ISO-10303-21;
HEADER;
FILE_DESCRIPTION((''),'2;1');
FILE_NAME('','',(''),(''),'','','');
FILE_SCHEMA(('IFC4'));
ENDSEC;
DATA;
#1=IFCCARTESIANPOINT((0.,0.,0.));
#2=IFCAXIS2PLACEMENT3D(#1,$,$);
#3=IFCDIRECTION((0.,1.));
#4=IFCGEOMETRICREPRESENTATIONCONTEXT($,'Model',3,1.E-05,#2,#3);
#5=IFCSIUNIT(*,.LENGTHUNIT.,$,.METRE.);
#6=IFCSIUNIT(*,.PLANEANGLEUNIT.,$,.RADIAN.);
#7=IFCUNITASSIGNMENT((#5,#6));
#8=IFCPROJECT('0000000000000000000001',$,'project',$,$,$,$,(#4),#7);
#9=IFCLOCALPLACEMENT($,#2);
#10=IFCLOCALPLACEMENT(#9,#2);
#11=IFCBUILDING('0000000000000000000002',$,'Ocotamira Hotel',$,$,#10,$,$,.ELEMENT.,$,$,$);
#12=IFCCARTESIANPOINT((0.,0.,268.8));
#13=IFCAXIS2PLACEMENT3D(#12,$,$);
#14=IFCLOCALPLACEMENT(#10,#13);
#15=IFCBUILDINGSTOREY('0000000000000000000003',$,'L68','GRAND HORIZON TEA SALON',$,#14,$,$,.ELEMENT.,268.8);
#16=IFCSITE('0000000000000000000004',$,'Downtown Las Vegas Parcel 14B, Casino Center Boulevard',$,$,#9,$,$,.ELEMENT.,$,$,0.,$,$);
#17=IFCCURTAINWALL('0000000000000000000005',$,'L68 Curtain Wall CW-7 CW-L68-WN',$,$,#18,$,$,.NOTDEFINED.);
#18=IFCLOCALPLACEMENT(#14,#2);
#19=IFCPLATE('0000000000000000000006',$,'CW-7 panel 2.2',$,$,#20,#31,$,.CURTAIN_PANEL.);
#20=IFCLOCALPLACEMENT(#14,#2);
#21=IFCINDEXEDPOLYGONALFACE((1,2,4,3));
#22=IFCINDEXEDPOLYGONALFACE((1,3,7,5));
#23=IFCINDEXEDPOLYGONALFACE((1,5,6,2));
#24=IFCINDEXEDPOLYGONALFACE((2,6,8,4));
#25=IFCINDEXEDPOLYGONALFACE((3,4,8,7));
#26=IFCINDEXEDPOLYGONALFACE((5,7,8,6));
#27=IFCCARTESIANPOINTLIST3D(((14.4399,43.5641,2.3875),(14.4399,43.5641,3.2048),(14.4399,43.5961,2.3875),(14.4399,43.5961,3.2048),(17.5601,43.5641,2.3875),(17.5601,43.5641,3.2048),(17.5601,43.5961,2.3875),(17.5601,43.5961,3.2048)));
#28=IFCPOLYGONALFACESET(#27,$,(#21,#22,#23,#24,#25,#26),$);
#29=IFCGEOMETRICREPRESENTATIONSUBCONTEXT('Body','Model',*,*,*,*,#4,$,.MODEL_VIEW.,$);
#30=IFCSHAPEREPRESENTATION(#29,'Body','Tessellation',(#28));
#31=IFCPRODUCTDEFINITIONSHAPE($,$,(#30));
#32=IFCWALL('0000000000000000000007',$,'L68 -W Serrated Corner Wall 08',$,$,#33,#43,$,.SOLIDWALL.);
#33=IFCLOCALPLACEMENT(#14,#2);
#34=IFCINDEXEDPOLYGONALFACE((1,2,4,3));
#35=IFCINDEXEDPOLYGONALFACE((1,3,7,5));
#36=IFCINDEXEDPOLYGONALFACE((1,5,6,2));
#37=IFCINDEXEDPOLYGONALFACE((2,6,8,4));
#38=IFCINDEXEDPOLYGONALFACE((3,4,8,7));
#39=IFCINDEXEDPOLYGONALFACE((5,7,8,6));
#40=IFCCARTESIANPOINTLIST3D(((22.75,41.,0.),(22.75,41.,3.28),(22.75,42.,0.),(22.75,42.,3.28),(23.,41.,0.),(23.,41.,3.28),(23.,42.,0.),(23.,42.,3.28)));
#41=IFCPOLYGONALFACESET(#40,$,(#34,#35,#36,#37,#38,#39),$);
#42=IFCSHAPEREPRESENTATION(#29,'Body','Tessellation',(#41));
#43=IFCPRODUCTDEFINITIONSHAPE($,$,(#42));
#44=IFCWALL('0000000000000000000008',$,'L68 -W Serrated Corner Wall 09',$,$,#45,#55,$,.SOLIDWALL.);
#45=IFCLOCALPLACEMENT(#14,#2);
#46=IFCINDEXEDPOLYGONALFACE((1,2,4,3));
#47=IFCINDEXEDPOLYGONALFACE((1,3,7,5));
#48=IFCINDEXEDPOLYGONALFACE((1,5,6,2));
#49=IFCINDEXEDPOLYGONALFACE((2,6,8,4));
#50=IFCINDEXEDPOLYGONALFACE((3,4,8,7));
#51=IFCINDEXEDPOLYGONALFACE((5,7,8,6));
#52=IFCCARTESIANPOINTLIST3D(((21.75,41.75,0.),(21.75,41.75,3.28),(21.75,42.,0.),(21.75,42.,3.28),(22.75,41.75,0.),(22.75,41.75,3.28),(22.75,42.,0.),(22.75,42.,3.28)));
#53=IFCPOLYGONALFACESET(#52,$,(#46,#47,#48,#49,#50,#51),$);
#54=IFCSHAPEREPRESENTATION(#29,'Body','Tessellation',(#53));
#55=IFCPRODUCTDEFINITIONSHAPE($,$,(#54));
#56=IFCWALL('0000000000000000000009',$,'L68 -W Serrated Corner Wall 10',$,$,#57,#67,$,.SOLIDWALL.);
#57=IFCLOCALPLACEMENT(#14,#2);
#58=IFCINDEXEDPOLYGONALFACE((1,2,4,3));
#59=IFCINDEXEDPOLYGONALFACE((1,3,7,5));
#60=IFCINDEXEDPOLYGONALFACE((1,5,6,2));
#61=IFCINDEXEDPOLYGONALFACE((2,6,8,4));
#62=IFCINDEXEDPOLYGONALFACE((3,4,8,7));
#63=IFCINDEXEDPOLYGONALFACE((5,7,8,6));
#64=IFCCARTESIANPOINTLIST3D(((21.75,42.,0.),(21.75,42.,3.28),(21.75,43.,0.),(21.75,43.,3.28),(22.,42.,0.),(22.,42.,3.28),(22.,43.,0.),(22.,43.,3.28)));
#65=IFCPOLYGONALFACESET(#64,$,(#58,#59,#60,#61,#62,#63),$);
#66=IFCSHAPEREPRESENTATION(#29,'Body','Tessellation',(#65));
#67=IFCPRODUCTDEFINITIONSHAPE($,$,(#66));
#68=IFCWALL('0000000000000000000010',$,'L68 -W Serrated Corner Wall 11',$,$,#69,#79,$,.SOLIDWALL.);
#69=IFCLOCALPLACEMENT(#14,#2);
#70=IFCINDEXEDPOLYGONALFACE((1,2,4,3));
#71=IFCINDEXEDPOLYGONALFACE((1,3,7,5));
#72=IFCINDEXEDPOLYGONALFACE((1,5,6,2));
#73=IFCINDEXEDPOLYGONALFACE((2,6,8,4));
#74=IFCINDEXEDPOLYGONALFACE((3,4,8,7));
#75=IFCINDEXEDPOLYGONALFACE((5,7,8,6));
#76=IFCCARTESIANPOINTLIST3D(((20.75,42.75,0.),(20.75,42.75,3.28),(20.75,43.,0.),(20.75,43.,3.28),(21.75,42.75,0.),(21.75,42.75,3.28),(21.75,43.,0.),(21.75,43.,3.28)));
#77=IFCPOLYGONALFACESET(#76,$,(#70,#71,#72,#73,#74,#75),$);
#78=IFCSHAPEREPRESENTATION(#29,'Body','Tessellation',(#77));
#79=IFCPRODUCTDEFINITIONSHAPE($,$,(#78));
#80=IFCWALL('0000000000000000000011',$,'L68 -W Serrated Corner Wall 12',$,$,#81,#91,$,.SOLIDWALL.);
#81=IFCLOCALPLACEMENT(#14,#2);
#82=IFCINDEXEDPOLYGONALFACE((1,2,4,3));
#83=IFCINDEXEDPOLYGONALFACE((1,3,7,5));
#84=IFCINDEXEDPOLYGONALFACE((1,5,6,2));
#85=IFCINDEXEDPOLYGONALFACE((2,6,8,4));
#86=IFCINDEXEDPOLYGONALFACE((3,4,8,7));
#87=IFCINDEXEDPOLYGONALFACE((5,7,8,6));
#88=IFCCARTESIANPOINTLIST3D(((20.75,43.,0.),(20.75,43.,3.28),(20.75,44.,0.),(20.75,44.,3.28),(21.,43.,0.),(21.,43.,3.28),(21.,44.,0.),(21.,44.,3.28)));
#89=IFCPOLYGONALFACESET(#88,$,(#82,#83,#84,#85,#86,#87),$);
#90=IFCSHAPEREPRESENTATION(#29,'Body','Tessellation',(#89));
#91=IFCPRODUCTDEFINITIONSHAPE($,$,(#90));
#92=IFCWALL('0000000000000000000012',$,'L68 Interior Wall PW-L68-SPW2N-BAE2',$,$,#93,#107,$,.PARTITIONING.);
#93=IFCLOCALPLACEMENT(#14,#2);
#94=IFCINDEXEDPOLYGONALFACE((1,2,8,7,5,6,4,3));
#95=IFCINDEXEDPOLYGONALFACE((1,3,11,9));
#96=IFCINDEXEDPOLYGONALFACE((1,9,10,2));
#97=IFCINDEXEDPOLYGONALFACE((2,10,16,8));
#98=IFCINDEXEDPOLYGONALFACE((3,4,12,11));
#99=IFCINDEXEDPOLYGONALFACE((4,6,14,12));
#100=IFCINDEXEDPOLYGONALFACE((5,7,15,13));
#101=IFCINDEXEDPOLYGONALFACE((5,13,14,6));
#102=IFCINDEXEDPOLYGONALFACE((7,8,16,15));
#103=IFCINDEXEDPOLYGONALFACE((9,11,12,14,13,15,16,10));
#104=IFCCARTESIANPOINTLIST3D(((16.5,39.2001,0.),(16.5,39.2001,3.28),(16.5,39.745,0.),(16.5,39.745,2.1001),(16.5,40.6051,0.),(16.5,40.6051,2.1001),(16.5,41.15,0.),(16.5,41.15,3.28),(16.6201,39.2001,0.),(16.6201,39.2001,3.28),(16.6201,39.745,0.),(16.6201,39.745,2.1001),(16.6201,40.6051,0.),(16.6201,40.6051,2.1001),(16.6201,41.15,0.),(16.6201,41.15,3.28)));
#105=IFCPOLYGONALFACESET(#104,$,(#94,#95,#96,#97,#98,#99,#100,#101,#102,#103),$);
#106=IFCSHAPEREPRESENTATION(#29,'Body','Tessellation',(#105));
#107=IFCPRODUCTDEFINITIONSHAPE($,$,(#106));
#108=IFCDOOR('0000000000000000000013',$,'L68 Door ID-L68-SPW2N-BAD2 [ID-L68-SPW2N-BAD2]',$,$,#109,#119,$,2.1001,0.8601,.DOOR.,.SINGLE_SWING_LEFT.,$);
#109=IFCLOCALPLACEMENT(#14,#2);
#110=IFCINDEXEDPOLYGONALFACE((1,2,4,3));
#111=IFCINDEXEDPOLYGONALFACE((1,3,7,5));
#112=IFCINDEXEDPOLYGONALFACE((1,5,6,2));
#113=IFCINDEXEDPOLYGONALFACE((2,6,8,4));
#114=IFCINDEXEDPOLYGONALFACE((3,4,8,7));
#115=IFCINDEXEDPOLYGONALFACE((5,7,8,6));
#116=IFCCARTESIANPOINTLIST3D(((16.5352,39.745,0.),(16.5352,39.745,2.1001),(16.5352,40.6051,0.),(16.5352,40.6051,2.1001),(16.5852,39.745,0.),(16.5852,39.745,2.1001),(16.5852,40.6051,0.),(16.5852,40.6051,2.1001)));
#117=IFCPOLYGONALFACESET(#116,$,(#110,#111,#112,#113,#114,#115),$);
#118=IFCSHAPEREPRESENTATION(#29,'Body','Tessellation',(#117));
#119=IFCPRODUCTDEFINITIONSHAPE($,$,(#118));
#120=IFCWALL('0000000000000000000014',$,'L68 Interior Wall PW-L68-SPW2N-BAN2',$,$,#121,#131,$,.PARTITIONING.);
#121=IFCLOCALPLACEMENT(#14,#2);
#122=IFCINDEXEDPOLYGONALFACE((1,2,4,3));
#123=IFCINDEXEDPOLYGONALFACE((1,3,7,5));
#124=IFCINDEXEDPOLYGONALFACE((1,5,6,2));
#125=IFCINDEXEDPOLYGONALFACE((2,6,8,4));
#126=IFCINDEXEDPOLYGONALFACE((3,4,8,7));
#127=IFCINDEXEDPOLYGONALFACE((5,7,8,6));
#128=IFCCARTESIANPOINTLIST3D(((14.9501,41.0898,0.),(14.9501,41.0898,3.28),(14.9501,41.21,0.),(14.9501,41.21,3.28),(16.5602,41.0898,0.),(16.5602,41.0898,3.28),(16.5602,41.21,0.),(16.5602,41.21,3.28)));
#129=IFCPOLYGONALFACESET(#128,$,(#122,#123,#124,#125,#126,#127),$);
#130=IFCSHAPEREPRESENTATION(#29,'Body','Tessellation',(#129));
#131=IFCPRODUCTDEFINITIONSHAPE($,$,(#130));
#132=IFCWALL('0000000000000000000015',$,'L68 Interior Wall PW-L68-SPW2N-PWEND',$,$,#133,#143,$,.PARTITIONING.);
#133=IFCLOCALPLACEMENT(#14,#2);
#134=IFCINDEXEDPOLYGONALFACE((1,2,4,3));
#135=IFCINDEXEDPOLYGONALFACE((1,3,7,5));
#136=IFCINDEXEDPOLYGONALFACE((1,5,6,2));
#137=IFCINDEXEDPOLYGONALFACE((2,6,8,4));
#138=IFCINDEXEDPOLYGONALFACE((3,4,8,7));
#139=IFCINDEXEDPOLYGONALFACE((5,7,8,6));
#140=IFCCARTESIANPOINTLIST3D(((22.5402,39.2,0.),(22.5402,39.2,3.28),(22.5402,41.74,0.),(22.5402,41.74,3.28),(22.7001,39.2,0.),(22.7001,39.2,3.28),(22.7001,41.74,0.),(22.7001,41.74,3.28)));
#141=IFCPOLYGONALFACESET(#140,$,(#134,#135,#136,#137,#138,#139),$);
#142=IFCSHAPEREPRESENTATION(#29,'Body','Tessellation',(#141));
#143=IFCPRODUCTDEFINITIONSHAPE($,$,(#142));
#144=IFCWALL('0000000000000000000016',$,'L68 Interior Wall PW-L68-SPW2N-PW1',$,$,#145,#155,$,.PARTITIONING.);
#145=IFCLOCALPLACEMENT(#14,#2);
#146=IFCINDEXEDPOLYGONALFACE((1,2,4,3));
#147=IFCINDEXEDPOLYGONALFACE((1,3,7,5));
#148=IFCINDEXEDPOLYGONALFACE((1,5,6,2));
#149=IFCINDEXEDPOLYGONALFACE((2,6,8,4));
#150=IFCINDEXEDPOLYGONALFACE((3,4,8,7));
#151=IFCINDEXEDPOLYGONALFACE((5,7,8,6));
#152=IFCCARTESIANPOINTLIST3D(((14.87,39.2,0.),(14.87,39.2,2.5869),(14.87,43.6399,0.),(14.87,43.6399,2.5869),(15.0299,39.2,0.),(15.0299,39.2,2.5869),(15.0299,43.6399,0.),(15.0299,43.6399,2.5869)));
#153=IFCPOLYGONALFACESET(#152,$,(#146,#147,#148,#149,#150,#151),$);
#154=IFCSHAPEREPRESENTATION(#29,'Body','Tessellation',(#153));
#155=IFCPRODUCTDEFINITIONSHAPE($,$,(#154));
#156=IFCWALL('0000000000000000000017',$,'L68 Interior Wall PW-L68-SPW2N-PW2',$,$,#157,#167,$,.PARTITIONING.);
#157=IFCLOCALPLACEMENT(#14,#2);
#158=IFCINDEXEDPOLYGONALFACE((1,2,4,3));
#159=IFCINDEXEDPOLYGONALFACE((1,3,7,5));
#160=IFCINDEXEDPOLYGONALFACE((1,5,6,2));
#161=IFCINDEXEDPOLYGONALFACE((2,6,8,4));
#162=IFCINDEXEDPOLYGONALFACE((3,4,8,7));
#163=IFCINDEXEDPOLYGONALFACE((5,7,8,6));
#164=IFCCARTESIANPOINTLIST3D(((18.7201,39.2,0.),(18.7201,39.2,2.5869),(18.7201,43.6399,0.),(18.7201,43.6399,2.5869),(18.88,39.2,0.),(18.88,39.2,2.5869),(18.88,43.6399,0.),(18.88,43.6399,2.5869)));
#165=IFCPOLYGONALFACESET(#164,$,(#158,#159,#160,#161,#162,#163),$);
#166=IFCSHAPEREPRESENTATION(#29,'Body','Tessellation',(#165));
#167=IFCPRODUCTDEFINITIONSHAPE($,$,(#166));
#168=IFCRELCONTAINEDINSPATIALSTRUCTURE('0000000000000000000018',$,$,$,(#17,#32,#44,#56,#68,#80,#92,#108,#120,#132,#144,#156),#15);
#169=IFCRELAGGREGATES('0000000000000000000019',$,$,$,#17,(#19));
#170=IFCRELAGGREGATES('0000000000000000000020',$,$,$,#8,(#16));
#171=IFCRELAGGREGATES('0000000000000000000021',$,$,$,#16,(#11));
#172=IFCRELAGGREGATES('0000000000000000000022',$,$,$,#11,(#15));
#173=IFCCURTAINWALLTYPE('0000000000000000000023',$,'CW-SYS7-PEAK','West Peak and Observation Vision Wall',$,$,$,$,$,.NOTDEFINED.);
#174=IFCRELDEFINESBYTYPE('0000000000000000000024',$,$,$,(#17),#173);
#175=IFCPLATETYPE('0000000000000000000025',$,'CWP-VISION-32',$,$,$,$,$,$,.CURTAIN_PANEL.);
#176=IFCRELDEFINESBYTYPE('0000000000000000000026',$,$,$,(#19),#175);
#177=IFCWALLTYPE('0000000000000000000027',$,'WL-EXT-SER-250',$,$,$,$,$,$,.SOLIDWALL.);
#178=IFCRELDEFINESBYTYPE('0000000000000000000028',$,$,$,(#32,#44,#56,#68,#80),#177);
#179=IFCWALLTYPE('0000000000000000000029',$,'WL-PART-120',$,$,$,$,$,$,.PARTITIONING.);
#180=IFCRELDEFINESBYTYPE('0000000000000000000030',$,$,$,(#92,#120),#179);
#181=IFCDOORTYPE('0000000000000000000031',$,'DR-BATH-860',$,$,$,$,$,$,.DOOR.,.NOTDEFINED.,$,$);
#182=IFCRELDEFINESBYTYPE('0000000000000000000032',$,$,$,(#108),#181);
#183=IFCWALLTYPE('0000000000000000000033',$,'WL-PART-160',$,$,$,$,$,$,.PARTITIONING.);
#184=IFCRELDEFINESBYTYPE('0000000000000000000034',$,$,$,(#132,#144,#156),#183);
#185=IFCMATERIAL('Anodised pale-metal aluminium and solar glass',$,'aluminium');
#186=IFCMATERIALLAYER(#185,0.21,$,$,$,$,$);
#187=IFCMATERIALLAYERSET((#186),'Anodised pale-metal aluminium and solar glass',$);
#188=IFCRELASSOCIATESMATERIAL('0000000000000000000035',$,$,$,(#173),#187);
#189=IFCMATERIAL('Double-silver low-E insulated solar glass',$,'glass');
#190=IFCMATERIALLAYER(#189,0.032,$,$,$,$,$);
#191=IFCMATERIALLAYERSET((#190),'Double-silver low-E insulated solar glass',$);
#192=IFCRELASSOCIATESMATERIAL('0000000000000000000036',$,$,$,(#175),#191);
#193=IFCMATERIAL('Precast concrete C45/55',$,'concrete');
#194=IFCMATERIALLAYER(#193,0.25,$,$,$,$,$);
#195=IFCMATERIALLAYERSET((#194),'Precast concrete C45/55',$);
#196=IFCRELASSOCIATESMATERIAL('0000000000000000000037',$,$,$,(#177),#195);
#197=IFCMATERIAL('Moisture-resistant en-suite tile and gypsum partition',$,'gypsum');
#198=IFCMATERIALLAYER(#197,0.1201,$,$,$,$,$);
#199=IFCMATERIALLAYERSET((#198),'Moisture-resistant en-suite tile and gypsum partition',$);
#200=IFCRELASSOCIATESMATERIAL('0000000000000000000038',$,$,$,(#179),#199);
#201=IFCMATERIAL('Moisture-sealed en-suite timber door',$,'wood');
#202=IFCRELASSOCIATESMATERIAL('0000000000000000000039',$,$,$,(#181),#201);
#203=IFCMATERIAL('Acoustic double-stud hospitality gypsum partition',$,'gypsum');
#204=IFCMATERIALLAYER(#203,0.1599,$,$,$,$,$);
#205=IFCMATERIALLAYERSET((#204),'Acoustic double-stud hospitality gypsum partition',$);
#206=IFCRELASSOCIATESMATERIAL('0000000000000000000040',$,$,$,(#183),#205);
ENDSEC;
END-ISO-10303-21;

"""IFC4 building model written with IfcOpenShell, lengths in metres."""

from ifc_helpers import new_model, si_unit, direction, frame, frame_2d, origin, origin_2d, place, context, subcontext, project, spatial, rectangle, extrude, source, transform, mapped, material, layer, layer_set, type_object, element, fill, aggregate, save


model = new_model("IFC4")

# Units and contexts
model_context = context("Model", 3, precision=1e-05, world=origin(), true_north=direction((0.0, 1.0)))
body_context = subcontext(model_context, "Body", "Model", "MODEL_VIEW")
ifc_project = project(units=[si_unit("LENGTHUNIT", "METRE"), si_unit("PLANEANGLEUNIT", "RADIAN")], contexts=[model_context])

# Site, building, storey
site_placement = place(None, origin())
site = spatial("IfcSite", under=ifc_project, at=site_placement, Name="Downtown Las Vegas Parcel 14B, Casino Center Boulevard", CompositionType="ELEMENT", RefElevation=0.0)
building_placement = place(site_placement, origin())
building = spatial("IfcBuilding", under=site, at=building_placement, Name="Ocotamira Hotel", CompositionType="ELEMENT")
storey_placement = place(building_placement, frame((0.0, 0.0, 268.8)))
storey = spatial("IfcBuildingStorey", under=building, at=storey_placement, Name="L68", Description="GRAND HORIZON TEA SALON", CompositionType="ELEMENT", Elevation=268.8)

# Curtain wall
ifc_material_1 = material(Name="Anodised pale-metal aluminium and solar glass", Category="aluminium")
ifc_layer_1 = layer(ifc_material_1, 0.21)
ifc_layer_set_1 = layer_set([ifc_layer_1], Name="Anodised pale-metal aluminium and solar glass")
curtain_wall_type = type_object("IfcCurtainWallType", Name="CW-SYS7-PEAK", Description="West Peak and Observation Vision Wall", PredefinedType="NOTDEFINED", material=ifc_layer_set_1)
curtain_wall_placement = place(storey_placement, origin())
curtain_wall = element("IfcCurtainWall", 1, at=curtain_wall_placement, inside=storey, type_object=curtain_wall_type, Name="L68 Curtain Wall CW-7 CW-L68-WN", PredefinedType="NOTDEFINED")

# Plate
ifc_material_2 = material(Name="Double-silver low-E insulated solar glass", Category="glass")
ifc_layer_2 = layer(ifc_material_2, 0.032)
ifc_layer_set_2 = layer_set([ifc_layer_2], Name="Double-silver low-E insulated solar glass")
plate_type_1 = type_object("IfcPlateType", Name="CWP-VISION-32", PredefinedType="CURTAIN_PANEL", material=ifc_layer_set_2)
shared_shape_1 = source(origin(), body_context, "Body", "SweptSolid", [
    extrude(rectangle(XDim=3.1201, YDim=0.032, at=origin_2d()), origin(), (0.0, 0.0, 1.0), 0.8174),
])
plate_1_placement = place(storey_placement, frame((16.0, 43.5801, 2.3875), z_axis=(0.0, 0.0, 1.0), x_axis=(1.0, 0.0, 0.0)))
plate_1 = element("IfcPlate", 2, at=plate_1_placement, type_object=plate_type_1, Name="CW-7 panel 2.2", PredefinedType="CURTAIN_PANEL", context=body_context, shape_type="MappedRepresentation", body=[
    mapped(shared_shape_1, transform((0.0, 0.0, 0.0), scale=1.0)),
])
aggregate(curtain_wall, [plate_1])

# Walls
ifc_material_3 = material(Name="Precast concrete C45/55", Category="concrete")
ifc_layer_3 = layer(ifc_material_3, 0.25)
ifc_layer_set_3 = layer_set([ifc_layer_3], Name="Precast concrete C45/55")
wall_type_1 = type_object("IfcWallType", Name="WL-EXT-SER-250", PredefinedType="SOLIDWALL", material=ifc_layer_set_3)
for number, where, z_axis, x_axis, name in (
    (3, (22.875, 41.0, 0.0), (0.0, 0.0, 1.0), (0.0, 1.0, 0.0), "L68 -W Serrated Corner Wall 08"),
    (4, (22.75, 41.875, 0.0), (0.0, 0.0, 1.0), (-1.0, 0.0, 0.0), "L68 -W Serrated Corner Wall 09"),
    (5, (21.875, 42.0, 0.0), (0.0, 0.0, 1.0), (0.0, 1.0, 0.0), "L68 -W Serrated Corner Wall 10"),
    (6, (21.75, 42.875, 0.0), (0.0, 0.0, 1.0), (-1.0, 0.0, 0.0), "L68 -W Serrated Corner Wall 11"),
    (7, (20.875, 43.0, 0.0), (0.0, 0.0, 1.0), (0.0, 1.0, 0.0), "L68 -W Serrated Corner Wall 12"),
):
    element("IfcWall", number, at=place(storey_placement, frame(where, z_axis=z_axis, x_axis=x_axis)), inside=storey, type_object=wall_type_1, Name=name, PredefinedType="SOLIDWALL", context=body_context, shape_type="SweptSolid", body=[
        extrude(rectangle(XDim=1.0, YDim=0.25, at=frame_2d((0.5, 0.0))), origin(), (0.0, 0.0, 1.0), 3.28),
    ])

# Wall, opening, door
ifc_material_4 = material(Name="Moisture-resistant en-suite tile and gypsum partition", Category="gypsum")
ifc_layer_4 = layer(ifc_material_4, 0.1201)
ifc_layer_set_4 = layer_set([ifc_layer_4], Name="Moisture-resistant en-suite tile and gypsum partition")
wall_type_2 = type_object("IfcWallType", Name="WL-PART-120", PredefinedType="PARTITIONING", material=ifc_layer_set_4)
wall_1_placement = place(storey_placement, frame((16.5601, 39.2, 0.0), z_axis=(0.0, 0.0, 1.0), x_axis=(0.0, 1.0, 0.0)))
wall_1 = element("IfcWall", 8, at=wall_1_placement, inside=storey, type_object=wall_type_2, Name="L68 Interior Wall PW-L68-SPW2N-BAE2", PredefinedType="PARTITIONING", context=body_context, shape_type="SweptSolid", body=[
    extrude(rectangle(XDim=1.95, YDim=0.1201, at=frame_2d((0.9751, 0.0))), origin(), (0.0, 0.0, 1.0), 3.28),
])
opening_placement = place(wall_1_placement, frame((0.5449, 0.0, 0.0)))
opening = element("IfcOpeningElement", 9, at=opening_placement, cuts=wall_1, PredefinedType="OPENING", context=body_context, shape_type="SweptSolid", body=[
    extrude(rectangle(XDim=0.8601, YDim=2.1001, at=frame_2d((0.4302, 1.05))), frame((0.0, 0.0701, 0.0), z_axis=(0.0, -1.0, 0.0), x_axis=(1.0, 0.0, 0.0)), (0.0, 0.0, 1.0), 0.1401),
])
ifc_material_5 = material(Name="Moisture-sealed en-suite timber door", Category="wood")
door_type = type_object("IfcDoorType", Name="DR-BATH-860", OperationType="NOTDEFINED", PredefinedType="DOOR", material=ifc_material_5)
shared_shape_2 = source(origin(), body_context, "Body", "SweptSolid", [
    extrude(rectangle(XDim=0.8601, YDim=2.1001, at=frame_2d((0.4302, 1.05))), frame((0.0, 0.0249, 0.0), z_axis=(0.0, -1.0, 0.0), x_axis=(1.0, 0.0, 0.0)), (0.0, 0.0, 1.0), 0.05),
])
door_placement = place(opening_placement, origin())
door = element("IfcDoor", 10, at=door_placement, inside=storey, type_object=door_type, Name="L68 Door ID-L68-SPW2N-BAD2 [ID-L68-SPW2N-BAD2]", OperationType="SINGLE_SWING_LEFT", OverallHeight=2.1001, OverallWidth=0.8601, PredefinedType="DOOR", context=body_context, shape_type="MappedRepresentation", body=[
    mapped(shared_shape_2, transform((0.0, 0.0, 0.0), scale=1.0)),
])
fill(opening, door)

# Walls
wall_2_placement = place(storey_placement, frame((14.95, 41.1499, 0.0), z_axis=(0.0, 0.0, 1.0), x_axis=(1.0, 0.0, 0.0)))
element("IfcWall", 11, at=wall_2_placement, inside=storey, type_object=wall_type_2, Name="L68 Interior Wall PW-L68-SPW2N-BAN2", PredefinedType="PARTITIONING", context=body_context, shape_type="SweptSolid", body=[
    extrude(rectangle(XDim=1.6101, YDim=0.1201, at=frame_2d((0.8052, 0.0))), origin(), (0.0, 0.0, 1.0), 3.28),
])
ifc_material_6 = material(Name="Acoustic double-stud hospitality gypsum partition", Category="gypsum")
ifc_layer_5 = layer(ifc_material_6, 0.1599)
ifc_layer_set_5 = layer_set([ifc_layer_5], Name="Acoustic double-stud hospitality gypsum partition")
wall_type_3 = type_object("IfcWallType", Name="WL-PART-160", PredefinedType="PARTITIONING", material=ifc_layer_set_5)
wall_3_placement = place(storey_placement, frame((22.6201, 39.2, 0.0), z_axis=(0.0, 0.0, 1.0), x_axis=(0.0, 1.0, 0.0)))
element("IfcWall", 12, at=wall_3_placement, inside=storey, type_object=wall_type_3, Name="L68 Interior Wall PW-L68-SPW2N-PWEND", PredefinedType="PARTITIONING", context=body_context, shape_type="SweptSolid", body=[
    extrude(rectangle(XDim=2.54, YDim=0.1599, at=frame_2d((1.27, 0.0))), origin(), (0.0, 0.0, 1.0), 3.28),
])
for number, where, z_axis, x_axis, name in (
    (13, (14.95, 39.2, 0.0), (0.0, 0.0, 1.0), (0.0, 1.0, 0.0), "L68 Interior Wall PW-L68-SPW2N-PW1"),
    (14, (18.8, 39.2, 0.0), (0.0, 0.0, 1.0), (0.0, 1.0, 0.0), "L68 Interior Wall PW-L68-SPW2N-PW2"),
):
    element("IfcWall", number, at=place(storey_placement, frame(where, z_axis=z_axis, x_axis=x_axis)), inside=storey, type_object=wall_type_3, Name=name, PredefinedType="PARTITIONING", context=body_context, shape_type="SweptSolid", body=[
        extrude(rectangle(XDim=4.4399, YDim=0.1599, at=frame_2d((2.22, 0.0))), origin(), (0.0, 0.0, 1.0), 2.5869),
    ])

save(model, "model.ifc")
